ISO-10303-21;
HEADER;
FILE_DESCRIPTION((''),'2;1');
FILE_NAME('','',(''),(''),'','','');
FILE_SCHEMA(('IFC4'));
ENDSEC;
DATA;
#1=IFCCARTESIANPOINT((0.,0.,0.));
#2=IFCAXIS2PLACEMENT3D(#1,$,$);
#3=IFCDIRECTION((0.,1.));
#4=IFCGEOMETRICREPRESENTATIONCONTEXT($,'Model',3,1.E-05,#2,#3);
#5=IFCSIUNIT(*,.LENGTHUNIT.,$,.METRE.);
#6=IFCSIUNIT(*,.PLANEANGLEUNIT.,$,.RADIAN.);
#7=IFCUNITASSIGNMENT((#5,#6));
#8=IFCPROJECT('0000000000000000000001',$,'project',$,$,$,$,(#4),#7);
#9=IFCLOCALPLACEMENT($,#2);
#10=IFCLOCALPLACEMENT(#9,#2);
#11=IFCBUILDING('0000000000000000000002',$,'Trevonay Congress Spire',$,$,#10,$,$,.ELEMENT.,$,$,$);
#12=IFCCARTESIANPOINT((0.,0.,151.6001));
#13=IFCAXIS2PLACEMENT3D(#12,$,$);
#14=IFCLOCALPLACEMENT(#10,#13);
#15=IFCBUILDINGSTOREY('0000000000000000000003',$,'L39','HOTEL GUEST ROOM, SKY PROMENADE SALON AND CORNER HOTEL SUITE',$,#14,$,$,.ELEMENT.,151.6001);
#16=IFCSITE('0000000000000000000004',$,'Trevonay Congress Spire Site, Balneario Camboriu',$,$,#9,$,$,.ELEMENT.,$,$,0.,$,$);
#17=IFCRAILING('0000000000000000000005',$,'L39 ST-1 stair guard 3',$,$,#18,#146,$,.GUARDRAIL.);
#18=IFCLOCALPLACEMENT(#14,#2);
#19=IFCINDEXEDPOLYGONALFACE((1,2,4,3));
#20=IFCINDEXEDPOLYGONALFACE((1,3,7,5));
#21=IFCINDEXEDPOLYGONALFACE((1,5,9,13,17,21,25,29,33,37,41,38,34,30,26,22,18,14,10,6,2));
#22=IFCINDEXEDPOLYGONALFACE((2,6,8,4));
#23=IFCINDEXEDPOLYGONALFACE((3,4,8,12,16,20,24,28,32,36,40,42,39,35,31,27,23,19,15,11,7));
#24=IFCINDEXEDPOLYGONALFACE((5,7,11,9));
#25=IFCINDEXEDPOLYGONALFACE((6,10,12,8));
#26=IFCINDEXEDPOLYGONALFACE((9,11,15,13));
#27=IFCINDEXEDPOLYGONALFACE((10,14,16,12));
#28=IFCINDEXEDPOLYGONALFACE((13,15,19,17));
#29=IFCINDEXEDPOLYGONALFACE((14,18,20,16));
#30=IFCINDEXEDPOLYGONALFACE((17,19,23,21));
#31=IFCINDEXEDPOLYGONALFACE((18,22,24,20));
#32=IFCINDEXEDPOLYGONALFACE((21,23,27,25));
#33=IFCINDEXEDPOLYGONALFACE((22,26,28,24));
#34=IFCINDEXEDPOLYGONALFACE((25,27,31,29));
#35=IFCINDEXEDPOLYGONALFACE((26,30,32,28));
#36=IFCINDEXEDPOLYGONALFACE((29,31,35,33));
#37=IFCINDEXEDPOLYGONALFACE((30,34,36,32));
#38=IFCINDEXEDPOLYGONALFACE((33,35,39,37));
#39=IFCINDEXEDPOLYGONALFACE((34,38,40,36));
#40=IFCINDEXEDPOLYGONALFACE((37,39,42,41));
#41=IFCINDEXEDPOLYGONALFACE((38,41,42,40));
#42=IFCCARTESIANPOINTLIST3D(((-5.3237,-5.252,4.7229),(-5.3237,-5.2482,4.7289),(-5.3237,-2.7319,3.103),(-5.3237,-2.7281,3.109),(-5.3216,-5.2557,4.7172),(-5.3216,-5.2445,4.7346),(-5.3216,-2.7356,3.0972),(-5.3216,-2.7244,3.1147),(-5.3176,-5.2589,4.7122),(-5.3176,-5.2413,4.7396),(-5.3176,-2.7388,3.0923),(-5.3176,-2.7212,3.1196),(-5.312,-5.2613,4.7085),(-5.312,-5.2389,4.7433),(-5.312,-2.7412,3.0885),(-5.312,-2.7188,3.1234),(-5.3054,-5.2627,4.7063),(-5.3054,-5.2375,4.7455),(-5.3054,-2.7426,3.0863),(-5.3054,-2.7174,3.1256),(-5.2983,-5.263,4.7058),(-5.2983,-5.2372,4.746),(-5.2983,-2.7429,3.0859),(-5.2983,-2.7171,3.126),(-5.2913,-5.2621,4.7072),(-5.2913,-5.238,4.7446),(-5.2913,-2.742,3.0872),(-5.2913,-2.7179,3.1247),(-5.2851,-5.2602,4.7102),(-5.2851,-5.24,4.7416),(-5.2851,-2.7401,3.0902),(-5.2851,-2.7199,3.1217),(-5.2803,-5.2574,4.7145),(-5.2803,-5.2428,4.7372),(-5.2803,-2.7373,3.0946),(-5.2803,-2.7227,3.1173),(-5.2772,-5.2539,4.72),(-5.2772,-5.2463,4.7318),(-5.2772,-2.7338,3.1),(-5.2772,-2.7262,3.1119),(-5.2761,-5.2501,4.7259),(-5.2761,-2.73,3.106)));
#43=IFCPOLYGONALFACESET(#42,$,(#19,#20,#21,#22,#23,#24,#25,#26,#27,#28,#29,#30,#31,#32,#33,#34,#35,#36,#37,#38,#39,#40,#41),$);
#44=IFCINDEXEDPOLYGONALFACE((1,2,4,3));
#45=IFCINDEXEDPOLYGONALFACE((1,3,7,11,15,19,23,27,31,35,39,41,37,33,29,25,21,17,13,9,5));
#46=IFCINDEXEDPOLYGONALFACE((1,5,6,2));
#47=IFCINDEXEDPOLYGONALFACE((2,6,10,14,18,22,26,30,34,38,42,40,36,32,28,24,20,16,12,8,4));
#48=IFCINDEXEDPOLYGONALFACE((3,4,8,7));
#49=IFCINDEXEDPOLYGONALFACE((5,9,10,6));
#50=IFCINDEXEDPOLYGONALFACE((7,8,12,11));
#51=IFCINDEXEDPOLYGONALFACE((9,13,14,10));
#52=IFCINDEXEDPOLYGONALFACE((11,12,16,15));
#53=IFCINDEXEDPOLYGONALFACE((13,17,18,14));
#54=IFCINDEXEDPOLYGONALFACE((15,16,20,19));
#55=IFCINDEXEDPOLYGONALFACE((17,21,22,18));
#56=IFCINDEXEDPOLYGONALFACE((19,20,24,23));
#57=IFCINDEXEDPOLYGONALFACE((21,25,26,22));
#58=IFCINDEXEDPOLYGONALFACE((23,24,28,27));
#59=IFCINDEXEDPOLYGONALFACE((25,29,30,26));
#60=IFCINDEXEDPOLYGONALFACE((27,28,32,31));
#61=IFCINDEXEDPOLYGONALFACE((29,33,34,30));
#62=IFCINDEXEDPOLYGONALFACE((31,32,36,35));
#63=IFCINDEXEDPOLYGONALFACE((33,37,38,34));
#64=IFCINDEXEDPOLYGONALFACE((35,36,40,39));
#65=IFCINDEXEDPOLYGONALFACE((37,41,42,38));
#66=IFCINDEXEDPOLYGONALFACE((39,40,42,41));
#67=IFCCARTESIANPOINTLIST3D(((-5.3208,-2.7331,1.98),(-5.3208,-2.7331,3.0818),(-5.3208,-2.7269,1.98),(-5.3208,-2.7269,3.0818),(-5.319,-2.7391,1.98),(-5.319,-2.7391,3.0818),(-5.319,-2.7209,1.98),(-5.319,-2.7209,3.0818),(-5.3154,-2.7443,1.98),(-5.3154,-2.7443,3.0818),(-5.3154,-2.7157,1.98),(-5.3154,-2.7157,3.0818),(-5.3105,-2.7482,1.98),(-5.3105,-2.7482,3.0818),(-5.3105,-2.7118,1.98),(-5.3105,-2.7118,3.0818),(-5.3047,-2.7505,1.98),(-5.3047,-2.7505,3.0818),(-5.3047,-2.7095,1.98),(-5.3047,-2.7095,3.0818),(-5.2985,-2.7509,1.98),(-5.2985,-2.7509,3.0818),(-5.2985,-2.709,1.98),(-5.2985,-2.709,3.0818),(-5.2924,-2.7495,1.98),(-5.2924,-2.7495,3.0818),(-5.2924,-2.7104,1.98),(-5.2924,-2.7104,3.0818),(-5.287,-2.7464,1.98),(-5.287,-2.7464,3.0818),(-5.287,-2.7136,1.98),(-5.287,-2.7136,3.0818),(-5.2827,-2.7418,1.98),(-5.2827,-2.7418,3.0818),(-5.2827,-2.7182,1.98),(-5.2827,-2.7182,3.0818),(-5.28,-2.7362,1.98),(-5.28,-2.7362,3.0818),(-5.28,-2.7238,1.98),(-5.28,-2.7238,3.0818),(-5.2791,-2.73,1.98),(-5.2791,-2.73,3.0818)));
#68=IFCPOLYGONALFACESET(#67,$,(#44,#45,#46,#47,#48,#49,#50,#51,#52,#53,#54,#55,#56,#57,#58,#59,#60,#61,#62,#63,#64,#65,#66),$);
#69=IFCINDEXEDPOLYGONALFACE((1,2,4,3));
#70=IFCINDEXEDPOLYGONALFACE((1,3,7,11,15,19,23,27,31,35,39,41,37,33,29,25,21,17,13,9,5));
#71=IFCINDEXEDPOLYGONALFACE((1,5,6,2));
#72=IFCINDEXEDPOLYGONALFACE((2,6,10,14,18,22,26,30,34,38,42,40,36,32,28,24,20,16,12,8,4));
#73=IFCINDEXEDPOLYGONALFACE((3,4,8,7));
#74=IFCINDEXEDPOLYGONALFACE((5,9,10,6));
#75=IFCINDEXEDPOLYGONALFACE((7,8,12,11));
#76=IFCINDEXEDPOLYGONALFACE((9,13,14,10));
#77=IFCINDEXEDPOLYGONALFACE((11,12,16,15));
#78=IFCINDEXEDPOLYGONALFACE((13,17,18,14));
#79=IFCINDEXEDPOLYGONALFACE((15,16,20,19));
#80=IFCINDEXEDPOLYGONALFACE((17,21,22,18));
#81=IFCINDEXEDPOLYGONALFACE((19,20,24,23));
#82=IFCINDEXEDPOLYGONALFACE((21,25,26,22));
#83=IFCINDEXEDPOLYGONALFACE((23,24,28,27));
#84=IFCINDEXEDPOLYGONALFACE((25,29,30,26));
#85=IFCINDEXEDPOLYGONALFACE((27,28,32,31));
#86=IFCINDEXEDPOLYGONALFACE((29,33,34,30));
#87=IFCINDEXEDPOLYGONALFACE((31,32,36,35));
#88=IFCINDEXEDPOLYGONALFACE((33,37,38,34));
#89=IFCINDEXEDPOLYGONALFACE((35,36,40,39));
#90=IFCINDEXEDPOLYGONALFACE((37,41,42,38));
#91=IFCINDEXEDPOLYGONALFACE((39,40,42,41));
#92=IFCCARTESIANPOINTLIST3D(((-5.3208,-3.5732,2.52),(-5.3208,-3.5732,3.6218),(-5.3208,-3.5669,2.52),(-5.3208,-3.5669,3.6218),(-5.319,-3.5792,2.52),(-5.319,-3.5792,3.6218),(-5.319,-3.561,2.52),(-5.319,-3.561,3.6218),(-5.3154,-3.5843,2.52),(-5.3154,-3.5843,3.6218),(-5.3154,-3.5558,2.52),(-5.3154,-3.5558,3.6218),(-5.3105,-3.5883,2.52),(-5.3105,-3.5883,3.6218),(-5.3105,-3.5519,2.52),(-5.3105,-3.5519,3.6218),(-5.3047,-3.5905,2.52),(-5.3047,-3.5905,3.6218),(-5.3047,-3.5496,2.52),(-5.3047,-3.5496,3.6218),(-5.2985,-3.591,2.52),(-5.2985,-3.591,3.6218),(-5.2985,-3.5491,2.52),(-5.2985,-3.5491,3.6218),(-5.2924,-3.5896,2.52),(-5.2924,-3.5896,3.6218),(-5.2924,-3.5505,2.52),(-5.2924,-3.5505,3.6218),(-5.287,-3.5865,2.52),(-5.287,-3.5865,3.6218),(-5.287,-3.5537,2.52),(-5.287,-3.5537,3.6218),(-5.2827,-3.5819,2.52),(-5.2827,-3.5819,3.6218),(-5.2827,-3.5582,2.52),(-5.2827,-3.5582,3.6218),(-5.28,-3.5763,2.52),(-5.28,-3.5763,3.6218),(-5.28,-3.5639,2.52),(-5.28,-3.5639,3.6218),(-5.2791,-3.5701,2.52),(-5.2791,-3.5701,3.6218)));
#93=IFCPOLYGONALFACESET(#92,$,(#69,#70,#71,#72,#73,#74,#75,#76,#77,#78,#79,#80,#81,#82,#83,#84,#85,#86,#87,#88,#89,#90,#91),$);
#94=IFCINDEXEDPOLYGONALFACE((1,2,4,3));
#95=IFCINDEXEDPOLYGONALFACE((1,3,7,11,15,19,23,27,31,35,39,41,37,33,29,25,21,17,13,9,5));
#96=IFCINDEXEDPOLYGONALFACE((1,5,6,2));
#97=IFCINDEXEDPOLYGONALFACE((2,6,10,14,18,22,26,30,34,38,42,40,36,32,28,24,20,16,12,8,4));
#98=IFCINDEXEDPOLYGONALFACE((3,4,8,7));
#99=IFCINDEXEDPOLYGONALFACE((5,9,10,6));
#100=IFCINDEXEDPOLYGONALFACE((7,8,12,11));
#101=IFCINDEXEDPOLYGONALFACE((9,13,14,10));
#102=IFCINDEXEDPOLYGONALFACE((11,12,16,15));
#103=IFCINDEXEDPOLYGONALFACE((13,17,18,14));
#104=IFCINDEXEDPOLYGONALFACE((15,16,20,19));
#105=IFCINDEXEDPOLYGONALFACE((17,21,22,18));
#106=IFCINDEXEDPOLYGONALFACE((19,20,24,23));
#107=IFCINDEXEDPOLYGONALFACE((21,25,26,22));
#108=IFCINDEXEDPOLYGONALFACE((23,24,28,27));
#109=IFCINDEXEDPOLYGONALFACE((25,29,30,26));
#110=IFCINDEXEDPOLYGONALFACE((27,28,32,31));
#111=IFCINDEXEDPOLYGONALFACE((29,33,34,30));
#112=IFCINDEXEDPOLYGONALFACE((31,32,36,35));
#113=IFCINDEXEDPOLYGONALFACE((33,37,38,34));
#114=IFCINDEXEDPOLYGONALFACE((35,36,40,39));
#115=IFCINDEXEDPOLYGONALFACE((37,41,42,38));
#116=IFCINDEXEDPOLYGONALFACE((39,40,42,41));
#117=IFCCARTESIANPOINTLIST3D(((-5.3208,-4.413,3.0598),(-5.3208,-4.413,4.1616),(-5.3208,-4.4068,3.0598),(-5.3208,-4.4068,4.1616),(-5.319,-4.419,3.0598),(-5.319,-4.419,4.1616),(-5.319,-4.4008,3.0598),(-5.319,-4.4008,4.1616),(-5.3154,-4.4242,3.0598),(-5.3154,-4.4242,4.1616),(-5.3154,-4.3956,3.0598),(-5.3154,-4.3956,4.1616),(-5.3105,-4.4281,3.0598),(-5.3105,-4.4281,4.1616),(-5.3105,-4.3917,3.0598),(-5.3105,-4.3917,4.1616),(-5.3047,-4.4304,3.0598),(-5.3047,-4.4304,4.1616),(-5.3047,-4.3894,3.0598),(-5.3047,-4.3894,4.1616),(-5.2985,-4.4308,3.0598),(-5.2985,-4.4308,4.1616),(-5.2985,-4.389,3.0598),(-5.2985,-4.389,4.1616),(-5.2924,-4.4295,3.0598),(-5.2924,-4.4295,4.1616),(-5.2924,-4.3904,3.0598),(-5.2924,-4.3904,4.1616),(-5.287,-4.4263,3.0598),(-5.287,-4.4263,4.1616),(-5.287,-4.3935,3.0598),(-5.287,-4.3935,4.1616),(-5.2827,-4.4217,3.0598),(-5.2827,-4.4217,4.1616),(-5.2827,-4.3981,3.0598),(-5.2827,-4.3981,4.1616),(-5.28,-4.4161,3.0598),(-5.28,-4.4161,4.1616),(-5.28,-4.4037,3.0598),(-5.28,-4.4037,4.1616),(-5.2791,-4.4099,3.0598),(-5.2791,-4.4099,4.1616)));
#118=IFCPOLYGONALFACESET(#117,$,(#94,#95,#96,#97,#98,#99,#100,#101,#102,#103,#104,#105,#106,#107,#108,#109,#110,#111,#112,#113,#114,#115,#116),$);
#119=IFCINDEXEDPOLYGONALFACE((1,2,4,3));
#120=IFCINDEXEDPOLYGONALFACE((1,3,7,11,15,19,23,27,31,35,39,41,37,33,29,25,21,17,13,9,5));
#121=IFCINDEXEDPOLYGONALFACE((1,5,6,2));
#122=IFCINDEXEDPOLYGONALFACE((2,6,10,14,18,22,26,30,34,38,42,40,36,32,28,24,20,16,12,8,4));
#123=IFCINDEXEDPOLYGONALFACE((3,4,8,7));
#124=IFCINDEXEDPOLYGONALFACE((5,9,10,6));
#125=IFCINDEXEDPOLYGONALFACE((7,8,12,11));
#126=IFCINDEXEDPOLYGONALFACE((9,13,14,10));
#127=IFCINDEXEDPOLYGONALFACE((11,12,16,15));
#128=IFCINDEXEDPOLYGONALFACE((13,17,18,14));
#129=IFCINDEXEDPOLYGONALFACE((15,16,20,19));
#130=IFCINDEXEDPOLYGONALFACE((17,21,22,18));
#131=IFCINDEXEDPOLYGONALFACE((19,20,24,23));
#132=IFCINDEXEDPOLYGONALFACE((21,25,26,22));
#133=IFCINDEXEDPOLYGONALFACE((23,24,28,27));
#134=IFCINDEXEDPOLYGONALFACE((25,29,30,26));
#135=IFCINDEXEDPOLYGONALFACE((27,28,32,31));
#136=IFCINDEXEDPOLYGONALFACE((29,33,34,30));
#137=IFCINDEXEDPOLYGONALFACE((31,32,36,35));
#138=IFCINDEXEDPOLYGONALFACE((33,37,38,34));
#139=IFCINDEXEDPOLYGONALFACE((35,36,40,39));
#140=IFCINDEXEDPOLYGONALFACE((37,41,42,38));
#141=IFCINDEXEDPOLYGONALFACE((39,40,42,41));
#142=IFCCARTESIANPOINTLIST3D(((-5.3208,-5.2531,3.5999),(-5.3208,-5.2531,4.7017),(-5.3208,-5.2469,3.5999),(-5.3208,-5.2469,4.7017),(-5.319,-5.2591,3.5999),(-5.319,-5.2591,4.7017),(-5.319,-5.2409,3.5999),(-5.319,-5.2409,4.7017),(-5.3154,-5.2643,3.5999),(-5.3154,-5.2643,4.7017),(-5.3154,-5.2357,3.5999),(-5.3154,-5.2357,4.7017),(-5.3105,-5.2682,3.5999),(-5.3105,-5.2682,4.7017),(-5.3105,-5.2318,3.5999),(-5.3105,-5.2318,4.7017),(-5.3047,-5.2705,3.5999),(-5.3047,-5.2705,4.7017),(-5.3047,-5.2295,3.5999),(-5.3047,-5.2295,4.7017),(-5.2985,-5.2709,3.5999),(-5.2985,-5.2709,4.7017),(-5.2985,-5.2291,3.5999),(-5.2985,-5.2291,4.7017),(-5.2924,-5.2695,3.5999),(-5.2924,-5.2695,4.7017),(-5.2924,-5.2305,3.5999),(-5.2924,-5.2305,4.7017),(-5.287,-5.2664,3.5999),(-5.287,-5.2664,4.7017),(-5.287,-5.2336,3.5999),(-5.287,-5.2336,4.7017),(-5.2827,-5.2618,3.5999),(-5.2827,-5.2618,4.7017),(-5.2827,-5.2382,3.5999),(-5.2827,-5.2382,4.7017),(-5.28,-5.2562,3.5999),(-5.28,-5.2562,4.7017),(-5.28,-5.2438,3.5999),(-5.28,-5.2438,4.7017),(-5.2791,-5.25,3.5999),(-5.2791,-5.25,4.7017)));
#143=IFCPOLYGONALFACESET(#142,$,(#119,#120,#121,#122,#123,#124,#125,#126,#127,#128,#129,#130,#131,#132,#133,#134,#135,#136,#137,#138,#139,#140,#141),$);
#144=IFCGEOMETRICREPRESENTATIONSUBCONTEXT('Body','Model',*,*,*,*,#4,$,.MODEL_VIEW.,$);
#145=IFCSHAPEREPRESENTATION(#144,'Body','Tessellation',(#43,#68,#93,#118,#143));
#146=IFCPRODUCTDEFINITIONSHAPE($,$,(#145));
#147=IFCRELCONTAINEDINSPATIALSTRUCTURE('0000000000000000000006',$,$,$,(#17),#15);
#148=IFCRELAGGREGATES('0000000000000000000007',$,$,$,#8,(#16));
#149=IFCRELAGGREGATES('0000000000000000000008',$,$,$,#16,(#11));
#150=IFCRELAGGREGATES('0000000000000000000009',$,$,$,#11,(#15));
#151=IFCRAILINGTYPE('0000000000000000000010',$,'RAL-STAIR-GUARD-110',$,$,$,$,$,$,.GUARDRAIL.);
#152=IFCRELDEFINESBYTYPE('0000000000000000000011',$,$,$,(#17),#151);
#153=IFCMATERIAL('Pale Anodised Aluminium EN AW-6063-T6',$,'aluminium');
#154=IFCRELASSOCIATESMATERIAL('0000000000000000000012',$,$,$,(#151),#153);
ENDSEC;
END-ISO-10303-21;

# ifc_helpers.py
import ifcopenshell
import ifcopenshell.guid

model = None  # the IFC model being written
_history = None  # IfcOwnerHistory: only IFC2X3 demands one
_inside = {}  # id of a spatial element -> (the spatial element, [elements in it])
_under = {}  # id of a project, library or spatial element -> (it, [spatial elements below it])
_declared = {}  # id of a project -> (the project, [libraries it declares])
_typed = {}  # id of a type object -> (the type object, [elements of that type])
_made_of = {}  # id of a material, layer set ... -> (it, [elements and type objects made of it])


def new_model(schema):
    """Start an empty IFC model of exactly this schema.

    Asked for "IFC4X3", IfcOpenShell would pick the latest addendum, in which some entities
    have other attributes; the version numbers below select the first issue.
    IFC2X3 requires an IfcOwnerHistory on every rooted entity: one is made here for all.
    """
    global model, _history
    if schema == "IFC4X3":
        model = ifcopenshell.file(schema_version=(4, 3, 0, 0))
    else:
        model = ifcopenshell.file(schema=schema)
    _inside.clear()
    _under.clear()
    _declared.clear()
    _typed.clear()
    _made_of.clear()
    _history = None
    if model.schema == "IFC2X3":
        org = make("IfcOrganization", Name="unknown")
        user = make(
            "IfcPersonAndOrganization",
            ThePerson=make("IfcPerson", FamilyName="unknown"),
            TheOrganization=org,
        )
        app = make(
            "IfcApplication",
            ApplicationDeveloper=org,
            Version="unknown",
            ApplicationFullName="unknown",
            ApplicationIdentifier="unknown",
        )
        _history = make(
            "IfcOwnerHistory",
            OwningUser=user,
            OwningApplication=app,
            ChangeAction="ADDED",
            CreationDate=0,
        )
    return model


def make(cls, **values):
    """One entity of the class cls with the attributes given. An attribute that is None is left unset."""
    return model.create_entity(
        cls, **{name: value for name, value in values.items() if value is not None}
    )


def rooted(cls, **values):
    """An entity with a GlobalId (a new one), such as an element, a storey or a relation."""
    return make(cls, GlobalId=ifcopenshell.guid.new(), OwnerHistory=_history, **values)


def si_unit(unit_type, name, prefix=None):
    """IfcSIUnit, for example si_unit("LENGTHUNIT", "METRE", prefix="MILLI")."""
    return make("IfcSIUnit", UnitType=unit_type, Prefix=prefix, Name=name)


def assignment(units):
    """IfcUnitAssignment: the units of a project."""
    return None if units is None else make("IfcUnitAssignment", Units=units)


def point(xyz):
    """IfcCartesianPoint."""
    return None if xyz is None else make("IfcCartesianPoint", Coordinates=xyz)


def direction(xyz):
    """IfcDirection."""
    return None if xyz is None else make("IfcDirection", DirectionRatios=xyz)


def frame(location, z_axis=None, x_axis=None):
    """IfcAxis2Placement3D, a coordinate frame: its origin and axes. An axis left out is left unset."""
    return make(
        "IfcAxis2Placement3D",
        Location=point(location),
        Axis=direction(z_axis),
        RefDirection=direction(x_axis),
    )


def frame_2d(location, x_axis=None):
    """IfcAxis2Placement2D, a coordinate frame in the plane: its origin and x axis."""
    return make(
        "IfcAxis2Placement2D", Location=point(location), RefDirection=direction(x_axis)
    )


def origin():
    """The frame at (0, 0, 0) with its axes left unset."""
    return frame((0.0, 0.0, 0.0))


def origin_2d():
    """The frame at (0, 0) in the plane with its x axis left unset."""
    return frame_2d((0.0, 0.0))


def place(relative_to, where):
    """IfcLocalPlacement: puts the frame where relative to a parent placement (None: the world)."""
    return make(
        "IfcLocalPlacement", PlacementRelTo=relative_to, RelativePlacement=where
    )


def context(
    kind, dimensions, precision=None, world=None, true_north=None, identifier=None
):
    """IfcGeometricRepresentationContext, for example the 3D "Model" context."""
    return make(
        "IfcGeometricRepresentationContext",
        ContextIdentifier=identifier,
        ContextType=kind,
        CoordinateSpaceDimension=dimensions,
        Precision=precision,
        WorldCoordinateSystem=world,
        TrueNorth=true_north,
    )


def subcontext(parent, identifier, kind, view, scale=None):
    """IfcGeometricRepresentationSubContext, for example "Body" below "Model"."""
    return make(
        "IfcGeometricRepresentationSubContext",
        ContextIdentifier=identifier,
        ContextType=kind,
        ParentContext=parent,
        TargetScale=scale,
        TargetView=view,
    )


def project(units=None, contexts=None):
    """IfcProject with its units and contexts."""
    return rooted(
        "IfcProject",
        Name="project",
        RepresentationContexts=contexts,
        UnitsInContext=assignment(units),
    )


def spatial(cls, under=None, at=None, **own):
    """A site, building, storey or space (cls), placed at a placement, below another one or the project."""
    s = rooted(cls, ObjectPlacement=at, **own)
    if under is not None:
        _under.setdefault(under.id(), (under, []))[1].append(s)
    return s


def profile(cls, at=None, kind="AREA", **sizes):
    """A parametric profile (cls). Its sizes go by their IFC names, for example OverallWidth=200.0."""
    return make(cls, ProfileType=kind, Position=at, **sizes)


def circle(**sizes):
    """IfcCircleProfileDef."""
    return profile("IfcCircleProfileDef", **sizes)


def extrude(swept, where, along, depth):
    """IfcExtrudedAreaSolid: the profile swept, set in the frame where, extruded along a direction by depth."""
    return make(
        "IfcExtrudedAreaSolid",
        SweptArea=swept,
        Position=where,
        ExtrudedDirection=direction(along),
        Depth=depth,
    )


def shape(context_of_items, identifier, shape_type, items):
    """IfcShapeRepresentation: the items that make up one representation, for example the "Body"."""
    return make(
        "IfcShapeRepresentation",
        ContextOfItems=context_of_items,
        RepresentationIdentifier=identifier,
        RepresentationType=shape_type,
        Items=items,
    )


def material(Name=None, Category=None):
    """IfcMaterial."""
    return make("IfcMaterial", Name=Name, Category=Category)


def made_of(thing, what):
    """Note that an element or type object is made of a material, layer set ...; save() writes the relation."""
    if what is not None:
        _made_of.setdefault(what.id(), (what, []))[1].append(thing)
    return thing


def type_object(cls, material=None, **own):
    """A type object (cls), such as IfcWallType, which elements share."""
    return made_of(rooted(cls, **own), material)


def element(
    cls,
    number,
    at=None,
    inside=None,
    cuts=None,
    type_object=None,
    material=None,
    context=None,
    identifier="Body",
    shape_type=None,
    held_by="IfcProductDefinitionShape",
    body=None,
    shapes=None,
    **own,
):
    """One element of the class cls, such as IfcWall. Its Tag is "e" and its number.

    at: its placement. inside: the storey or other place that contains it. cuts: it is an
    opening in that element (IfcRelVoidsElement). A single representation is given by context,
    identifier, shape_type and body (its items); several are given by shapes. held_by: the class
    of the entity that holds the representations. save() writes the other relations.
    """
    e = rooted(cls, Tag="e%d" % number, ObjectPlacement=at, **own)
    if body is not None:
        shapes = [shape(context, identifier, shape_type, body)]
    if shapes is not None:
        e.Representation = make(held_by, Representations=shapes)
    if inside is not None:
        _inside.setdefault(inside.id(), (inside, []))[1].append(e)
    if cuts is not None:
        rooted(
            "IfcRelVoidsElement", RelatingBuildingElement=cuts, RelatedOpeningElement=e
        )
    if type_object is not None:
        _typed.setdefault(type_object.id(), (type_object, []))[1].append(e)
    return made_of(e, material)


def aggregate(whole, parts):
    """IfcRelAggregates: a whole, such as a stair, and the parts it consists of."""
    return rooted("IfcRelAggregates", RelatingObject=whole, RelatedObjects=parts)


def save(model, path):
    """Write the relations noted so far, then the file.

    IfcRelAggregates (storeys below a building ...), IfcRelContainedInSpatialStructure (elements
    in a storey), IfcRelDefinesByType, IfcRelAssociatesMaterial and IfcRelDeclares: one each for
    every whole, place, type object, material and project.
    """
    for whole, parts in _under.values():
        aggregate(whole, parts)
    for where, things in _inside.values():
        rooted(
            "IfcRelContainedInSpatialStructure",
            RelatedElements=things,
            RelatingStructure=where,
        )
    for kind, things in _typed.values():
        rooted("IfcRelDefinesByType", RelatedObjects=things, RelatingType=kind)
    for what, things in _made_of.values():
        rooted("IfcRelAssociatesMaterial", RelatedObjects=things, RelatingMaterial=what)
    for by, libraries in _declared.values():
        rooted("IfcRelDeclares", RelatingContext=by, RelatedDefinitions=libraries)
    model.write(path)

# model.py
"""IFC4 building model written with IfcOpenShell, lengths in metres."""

from ifc_helpers import new_model, si_unit, direction, frame, origin, origin_2d, place, context, subcontext, project, spatial, circle, extrude, material, type_object, element, save


model = new_model("IFC4")

# Units and contexts
model_context = context("Model", 3, precision=1e-05, world=origin(), true_north=direction((0.0, 1.0)))
body_context = subcontext(model_context, "Body", "Model", "MODEL_VIEW")
ifc_project = project(units=[si_unit("LENGTHUNIT", "METRE"), si_unit("PLANEANGLEUNIT", "RADIAN")], contexts=[model_context])

# Site, building, storey
site_placement = place(None, origin())
site = spatial("IfcSite", under=ifc_project, at=site_placement, Name="Trevonay Congress Spire Site, Balneario Camboriu", CompositionType="ELEMENT", RefElevation=0.0)
building_placement = place(site_placement, origin())
building = spatial("IfcBuilding", under=site, at=building_placement, Name="Trevonay Congress Spire", CompositionType="ELEMENT")
storey_placement = place(building_placement, frame((0.0, 0.0, 151.6001)))
storey = spatial("IfcBuildingStorey", under=building, at=storey_placement, Name="L39", Description="HOTEL GUEST ROOM, SKY PROMENADE SALON AND CORNER HOTEL SUITE", CompositionType="ELEMENT", Elevation=151.6001)

# Shared definitions
ifc_material_1 = material(Name="Pale Anodised Aluminium EN AW-6063-T6", Category="aluminium")

# Railing
railing_type_1 = type_object("IfcRailingType", Name="RAL-STAIR-GUARD-110", PredefinedType="GUARDRAIL", material=ifc_material_1)
railing_1_placement = place(storey_placement, frame((-5.3, -2.73, 1.98)))
element("IfcRailing", 1, at=railing_1_placement, inside=storey, type_object=railing_type_1, Name="L39 ST-1 stair guard 3", PredefinedType="GUARDRAIL", context=body_context, shape_type="SweptSolid", body=[
    extrude(circle(Radius=0.0239, at=origin_2d()), frame((0.0, 0.0, 1.126), z_axis=(0.0, -0.8412, 0.540725), x_axis=(1.0, 0.0, 0.0)), (0.0, 0.0, 1.0), 2.9958),
    extrude(circle(Radius=0.021, at=origin_2d()), origin(), (0.0, 0.0, 1.0), 1.1018),
    extrude(circle(Radius=0.021, at=origin_2d()), frame((0.0, -0.8401, 0.54)), (0.0, 0.0, 1.0), 1.1018),
    extrude(circle(Radius=0.021, at=origin_2d()), frame((0.0, -1.6799, 1.0798)), (0.0, 0.0, 1.0), 1.1018),
    extrude(circle(Radius=0.021, at=origin_2d()), frame((0.0, -2.52, 1.6199)), (0.0, 0.0, 1.0), 1.1018),
])

save(model, "model.ifc")
